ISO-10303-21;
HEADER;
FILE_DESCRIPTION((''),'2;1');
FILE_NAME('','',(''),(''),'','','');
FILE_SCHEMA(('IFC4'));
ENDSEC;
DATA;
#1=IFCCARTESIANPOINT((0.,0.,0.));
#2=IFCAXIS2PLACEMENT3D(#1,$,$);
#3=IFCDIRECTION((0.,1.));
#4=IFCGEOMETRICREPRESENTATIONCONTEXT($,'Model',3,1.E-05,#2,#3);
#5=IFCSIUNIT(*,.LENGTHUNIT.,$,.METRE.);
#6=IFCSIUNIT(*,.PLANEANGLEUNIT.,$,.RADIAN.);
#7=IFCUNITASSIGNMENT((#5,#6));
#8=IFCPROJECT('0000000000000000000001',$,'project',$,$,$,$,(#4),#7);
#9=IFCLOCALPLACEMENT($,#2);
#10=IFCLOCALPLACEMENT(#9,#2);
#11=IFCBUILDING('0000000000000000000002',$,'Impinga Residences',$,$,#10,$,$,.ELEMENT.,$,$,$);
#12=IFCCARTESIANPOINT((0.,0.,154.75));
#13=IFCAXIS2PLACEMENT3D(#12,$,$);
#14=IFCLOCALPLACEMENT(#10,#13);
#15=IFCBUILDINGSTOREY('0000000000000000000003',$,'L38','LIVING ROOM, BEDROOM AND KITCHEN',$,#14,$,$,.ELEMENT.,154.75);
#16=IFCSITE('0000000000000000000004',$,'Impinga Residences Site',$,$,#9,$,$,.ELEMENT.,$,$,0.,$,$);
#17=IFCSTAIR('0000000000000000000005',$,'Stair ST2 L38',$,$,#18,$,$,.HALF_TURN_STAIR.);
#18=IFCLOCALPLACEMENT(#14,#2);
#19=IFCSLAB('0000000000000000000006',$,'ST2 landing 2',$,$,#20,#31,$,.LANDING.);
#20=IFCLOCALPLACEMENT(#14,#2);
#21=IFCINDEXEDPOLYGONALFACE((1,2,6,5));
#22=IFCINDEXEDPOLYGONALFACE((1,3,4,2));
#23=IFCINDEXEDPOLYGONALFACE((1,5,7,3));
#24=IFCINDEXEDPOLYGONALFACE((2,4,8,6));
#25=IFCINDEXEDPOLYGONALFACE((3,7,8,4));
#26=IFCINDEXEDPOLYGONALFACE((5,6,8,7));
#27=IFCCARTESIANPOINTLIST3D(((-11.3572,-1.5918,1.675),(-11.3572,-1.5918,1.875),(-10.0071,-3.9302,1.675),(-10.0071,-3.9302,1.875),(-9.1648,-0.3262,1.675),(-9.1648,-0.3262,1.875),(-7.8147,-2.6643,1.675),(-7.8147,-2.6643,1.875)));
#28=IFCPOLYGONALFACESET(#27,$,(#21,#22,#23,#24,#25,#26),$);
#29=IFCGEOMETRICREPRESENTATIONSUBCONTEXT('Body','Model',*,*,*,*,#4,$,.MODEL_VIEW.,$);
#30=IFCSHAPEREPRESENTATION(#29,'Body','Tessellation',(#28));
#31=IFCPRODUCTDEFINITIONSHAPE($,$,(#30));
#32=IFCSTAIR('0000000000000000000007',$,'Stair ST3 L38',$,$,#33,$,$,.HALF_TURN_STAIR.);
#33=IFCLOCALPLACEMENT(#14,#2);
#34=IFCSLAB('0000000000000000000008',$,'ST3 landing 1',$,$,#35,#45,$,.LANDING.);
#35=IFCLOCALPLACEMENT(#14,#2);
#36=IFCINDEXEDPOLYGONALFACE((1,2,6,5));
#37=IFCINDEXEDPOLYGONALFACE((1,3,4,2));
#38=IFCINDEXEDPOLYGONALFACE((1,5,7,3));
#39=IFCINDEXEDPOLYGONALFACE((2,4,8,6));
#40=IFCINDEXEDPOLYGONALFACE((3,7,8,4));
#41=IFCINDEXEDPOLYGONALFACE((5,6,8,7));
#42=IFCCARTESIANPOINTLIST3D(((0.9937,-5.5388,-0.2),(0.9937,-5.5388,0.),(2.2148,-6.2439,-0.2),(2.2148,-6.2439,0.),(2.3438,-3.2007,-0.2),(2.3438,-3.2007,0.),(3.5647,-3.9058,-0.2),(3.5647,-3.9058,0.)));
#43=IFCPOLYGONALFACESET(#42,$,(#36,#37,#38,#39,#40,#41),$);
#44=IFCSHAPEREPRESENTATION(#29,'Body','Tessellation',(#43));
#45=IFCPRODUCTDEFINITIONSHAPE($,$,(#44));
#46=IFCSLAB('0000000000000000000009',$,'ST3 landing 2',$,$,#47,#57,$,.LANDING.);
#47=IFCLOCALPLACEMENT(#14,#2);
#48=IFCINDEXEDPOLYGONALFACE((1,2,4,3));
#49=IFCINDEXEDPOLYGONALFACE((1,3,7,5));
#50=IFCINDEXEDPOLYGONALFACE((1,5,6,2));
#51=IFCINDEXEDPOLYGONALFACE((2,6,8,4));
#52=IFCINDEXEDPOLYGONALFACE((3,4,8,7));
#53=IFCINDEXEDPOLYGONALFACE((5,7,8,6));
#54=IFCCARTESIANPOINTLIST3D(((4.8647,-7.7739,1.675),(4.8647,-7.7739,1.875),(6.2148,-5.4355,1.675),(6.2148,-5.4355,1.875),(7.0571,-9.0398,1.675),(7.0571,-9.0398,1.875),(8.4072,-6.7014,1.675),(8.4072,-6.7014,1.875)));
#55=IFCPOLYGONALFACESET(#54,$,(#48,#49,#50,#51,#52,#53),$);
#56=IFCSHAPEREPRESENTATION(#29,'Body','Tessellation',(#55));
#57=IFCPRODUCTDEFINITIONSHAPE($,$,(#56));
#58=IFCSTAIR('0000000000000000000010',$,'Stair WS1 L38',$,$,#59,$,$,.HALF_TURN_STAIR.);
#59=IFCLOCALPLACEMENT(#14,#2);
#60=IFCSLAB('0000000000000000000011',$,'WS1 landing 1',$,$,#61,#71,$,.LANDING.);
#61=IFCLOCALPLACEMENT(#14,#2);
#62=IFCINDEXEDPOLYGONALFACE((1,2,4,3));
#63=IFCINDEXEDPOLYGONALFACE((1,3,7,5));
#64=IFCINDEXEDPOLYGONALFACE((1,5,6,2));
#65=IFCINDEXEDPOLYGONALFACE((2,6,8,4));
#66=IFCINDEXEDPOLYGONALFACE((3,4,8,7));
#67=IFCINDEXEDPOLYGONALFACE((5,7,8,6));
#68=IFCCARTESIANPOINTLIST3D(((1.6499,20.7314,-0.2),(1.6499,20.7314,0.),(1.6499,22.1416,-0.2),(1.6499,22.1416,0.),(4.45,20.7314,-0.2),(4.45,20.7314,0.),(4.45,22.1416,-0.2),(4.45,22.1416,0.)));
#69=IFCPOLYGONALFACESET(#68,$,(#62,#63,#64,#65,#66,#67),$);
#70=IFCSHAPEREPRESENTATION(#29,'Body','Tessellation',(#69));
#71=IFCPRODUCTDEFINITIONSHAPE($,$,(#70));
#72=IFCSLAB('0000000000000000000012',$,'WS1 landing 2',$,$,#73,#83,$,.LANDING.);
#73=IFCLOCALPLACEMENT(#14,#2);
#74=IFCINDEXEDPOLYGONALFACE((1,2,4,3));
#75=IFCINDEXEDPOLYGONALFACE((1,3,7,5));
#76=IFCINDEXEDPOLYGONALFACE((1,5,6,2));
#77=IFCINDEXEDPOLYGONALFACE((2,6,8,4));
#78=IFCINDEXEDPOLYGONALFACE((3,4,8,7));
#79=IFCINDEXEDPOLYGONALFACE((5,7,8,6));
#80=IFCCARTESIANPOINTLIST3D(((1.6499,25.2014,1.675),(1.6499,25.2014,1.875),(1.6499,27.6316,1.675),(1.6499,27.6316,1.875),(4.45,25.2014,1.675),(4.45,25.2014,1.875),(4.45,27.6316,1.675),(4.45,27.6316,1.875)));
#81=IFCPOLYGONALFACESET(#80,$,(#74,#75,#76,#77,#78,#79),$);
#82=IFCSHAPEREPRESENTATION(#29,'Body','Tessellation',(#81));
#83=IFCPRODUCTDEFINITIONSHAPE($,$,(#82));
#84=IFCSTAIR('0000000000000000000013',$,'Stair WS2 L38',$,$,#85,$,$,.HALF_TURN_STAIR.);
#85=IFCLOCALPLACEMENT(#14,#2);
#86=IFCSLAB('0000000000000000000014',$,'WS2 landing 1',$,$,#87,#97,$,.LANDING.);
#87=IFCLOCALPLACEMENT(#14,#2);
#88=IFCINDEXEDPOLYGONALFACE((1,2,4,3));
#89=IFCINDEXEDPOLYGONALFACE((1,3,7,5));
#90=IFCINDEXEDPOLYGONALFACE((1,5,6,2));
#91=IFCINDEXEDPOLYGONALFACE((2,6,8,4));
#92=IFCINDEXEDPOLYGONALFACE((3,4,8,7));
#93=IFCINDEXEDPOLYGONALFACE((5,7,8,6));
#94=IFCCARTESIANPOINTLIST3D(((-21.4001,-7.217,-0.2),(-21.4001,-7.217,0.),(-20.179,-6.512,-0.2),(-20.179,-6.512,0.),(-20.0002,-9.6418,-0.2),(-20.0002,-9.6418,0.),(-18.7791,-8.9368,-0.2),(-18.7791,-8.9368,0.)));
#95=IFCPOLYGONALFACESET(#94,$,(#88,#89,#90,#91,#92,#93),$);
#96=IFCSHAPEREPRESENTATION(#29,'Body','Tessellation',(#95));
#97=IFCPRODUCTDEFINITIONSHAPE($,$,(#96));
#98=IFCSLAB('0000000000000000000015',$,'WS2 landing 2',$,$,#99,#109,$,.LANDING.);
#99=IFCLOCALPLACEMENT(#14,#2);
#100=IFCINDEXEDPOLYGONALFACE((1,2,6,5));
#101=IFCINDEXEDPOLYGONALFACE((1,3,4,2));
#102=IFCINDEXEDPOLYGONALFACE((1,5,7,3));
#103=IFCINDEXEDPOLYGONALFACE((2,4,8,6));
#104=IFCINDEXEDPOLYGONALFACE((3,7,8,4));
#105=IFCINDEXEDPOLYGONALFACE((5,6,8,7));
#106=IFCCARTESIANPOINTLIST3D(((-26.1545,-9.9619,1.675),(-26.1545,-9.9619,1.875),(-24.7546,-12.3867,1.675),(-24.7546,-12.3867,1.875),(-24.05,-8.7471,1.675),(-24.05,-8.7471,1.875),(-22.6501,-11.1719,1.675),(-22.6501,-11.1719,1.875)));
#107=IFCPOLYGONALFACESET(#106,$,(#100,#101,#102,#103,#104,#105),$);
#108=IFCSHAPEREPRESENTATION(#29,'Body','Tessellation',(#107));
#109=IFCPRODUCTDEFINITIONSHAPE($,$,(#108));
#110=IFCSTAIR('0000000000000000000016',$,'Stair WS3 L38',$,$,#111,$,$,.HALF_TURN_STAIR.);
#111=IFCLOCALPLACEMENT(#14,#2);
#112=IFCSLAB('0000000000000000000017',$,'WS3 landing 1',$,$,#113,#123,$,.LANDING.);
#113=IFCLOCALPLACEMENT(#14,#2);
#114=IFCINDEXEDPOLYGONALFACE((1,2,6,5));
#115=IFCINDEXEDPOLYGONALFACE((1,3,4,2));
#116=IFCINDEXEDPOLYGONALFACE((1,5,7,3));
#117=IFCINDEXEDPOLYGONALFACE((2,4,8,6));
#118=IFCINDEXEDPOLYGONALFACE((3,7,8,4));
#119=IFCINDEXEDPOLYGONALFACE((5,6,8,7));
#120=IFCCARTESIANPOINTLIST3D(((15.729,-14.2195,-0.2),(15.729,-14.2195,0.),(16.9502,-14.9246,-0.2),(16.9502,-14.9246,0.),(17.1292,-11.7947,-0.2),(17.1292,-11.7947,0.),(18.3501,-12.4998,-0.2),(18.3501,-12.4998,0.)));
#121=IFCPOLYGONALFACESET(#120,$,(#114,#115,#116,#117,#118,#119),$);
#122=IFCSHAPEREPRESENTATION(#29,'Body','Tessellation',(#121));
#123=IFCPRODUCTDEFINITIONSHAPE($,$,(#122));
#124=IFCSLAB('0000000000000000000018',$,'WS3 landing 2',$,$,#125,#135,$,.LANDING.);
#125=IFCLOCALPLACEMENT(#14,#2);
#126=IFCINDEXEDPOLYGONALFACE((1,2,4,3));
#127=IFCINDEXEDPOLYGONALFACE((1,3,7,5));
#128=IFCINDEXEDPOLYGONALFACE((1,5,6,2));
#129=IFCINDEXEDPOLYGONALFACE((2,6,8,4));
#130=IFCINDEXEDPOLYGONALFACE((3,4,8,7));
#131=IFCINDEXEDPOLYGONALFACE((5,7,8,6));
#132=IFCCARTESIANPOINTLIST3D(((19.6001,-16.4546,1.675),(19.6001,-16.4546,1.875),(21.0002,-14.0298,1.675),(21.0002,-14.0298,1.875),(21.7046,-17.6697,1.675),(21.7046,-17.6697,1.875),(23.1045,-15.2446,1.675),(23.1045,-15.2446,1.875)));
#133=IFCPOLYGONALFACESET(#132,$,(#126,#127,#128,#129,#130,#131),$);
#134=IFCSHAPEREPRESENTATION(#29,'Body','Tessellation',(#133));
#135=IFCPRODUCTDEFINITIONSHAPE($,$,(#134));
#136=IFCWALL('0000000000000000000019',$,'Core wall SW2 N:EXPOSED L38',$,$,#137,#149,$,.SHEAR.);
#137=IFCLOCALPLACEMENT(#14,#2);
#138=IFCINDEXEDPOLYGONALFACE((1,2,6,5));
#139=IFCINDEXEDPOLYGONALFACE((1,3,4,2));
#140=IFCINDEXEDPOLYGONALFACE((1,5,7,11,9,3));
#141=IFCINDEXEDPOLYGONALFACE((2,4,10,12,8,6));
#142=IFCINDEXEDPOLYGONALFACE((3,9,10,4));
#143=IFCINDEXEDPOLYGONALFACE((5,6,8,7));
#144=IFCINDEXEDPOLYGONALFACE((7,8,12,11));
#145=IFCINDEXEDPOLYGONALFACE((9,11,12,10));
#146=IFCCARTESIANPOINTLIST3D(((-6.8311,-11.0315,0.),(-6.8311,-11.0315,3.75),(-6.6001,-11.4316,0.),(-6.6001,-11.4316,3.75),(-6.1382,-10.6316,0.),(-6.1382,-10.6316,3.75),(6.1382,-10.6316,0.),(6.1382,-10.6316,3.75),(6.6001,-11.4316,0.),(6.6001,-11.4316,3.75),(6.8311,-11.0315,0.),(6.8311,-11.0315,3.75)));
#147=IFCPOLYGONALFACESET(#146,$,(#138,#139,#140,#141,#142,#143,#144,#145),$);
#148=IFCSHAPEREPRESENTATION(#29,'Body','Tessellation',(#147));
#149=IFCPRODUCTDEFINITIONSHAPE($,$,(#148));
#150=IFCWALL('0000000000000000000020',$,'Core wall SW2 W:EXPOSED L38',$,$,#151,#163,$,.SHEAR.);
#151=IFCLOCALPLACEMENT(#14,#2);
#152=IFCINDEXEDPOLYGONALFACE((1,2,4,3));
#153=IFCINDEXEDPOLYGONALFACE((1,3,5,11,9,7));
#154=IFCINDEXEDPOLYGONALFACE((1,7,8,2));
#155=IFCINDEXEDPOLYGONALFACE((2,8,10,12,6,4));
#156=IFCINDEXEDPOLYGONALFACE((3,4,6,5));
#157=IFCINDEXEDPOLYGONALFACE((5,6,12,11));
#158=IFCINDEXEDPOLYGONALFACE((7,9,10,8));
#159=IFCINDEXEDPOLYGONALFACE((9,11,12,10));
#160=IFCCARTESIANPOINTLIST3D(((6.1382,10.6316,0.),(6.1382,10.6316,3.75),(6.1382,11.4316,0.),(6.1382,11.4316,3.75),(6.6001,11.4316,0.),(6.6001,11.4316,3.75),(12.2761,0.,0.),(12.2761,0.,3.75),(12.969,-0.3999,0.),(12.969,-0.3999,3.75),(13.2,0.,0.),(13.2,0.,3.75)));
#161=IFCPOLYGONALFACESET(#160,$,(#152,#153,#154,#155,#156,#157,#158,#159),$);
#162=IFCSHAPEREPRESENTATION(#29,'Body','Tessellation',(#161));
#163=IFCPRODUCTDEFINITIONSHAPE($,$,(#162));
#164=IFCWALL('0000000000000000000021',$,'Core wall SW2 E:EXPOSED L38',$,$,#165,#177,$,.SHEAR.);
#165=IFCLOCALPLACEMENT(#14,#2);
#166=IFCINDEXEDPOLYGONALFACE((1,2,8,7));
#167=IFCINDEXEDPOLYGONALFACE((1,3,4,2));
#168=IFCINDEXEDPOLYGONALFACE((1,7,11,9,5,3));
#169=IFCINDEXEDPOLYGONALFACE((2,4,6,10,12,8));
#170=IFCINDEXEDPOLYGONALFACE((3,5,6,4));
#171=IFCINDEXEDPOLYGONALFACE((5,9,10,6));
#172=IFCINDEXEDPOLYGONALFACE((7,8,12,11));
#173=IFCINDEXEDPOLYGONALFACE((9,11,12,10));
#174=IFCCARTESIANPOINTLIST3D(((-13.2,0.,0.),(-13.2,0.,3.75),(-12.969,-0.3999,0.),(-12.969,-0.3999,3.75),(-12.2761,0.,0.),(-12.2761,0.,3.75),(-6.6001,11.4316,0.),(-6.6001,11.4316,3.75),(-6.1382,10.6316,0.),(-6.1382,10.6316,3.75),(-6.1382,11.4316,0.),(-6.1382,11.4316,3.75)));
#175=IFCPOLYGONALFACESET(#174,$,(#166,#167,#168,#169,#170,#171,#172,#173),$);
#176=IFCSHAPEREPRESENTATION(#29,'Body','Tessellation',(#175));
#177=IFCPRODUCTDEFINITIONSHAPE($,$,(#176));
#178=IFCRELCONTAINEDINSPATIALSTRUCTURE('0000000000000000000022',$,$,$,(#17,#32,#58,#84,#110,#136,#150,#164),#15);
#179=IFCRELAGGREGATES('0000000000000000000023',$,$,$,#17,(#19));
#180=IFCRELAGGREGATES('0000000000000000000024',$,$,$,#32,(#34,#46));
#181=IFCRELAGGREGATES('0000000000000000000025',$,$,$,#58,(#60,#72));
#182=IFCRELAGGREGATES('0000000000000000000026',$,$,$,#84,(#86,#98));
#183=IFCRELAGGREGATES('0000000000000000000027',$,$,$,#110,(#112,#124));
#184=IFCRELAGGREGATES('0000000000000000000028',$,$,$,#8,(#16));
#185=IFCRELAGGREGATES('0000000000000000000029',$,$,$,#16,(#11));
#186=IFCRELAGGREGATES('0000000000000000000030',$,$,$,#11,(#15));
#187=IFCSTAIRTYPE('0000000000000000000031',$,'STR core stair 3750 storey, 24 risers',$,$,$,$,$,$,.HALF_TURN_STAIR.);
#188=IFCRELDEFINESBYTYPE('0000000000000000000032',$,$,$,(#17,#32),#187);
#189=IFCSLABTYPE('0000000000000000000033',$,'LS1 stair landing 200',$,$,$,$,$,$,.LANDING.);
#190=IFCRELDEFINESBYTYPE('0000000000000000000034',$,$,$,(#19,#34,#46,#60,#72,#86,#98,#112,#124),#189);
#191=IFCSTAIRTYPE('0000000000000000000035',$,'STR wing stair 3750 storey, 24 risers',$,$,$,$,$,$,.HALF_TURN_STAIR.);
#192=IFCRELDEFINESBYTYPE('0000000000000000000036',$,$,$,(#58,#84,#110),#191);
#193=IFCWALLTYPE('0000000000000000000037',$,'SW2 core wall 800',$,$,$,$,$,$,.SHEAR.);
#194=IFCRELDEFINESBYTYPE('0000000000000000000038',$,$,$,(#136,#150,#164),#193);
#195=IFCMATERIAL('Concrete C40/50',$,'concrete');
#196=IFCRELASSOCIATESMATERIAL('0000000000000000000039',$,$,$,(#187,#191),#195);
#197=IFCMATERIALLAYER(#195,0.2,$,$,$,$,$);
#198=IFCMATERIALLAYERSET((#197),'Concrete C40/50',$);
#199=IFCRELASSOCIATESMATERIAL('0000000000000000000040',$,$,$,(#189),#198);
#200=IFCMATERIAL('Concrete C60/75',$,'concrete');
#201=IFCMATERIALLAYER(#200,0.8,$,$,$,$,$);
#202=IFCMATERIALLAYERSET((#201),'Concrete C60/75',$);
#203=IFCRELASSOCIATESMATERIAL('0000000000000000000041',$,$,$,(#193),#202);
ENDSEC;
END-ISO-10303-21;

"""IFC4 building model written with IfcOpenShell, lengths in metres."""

from ifc_helpers import new_model, si_unit, direction, frame, origin, place, context, subcontext, project, spatial, polyline, outline, extrude, material, layer, layer_set, type_object, element, aggregate, save


model = new_model("IFC4")

# Units and contexts
model_context = context("Model", 3, precision=1e-05, world=origin(), true_north=direction((0.0, 1.0)))
body_context = subcontext(model_context, "Body", "Model", "MODEL_VIEW")
ifc_project = project(units=[si_unit("LENGTHUNIT", "METRE"), si_unit("PLANEANGLEUNIT", "RADIAN")], contexts=[model_context])

# Site, building, storey
site_placement = place(None, origin())
site = spatial("IfcSite", under=ifc_project, at=site_placement, Name="Impinga Residences Site", CompositionType="ELEMENT", RefElevation=0.0)
building_placement = place(site_placement, origin())
building = spatial("IfcBuilding", under=site, at=building_placement, Name="Impinga Residences", CompositionType="ELEMENT")
storey_placement = place(building_placement, frame((0.0, 0.0, 154.75)))
storey = spatial("IfcBuildingStorey", under=building, at=storey_placement, Name="L38", Description="LIVING ROOM, BEDROOM AND KITCHEN", CompositionType="ELEMENT", Elevation=154.75)

# Shared definitions
ifc_material_1 = material(Name="Concrete C60/75", Category="concrete")

# Stairs, slabs
ifc_material_2 = material(Name="Concrete C40/50", Category="concrete")
stair_type_1 = type_object("IfcStairType", Name="STR core stair 3750 storey, 24 risers", PredefinedType="HALF_TURN_STAIR", material=ifc_material_2)
ifc_layer_1 = layer(ifc_material_2, 0.2)
ifc_layer_set_1 = layer_set([ifc_layer_1], Name="Concrete C40/50")
slab_type_1 = type_object("IfcSlabType", Name="LS1 stair landing 200", PredefinedType="LANDING", material=ifc_layer_set_1)
stair_1_placement = place(storey_placement, origin())
stair_1 = element("IfcStair", 1, at=stair_1_placement, inside=storey, type_object=stair_type_1, Name="Stair ST2 L38", PredefinedType="HALF_TURN_STAIR")
slab_1_placement = place(storey_placement, frame((0.0, 0.0, 1.675)))
slab_1 = element("IfcSlab", 2, at=slab_1_placement, type_object=slab_type_1, Name="ST2 landing 2", PredefinedType="LANDING", context=body_context, shape_type="SweptSolid", body=[
    extrude(outline(polyline([(-7.8147, -2.6643), (-9.1648, -0.3262), (-11.3572, -1.5918), (-10.0071, -3.9302), (-7.8147, -2.6643)])), origin(), (0.0, 0.0, 1.0), 0.2),
])
aggregate(stair_1, [slab_1])
stair_2_placement = place(storey_placement, origin())
stair_2 = element("IfcStair", 3, at=stair_2_placement, inside=storey, type_object=stair_type_1, Name="Stair ST3 L38", PredefinedType="HALF_TURN_STAIR")
slab_2_placement = place(storey_placement, frame((0.0, 0.0, -0.2)))
slab_2 = element("IfcSlab", 4, at=slab_2_placement, type_object=slab_type_1, Name="ST3 landing 1", PredefinedType="LANDING", context=body_context, shape_type="SweptSolid", body=[
    extrude(outline(polyline([(2.3438, -3.2007), (0.9937, -5.5388), (2.2148, -6.2439), (3.5647, -3.9058), (2.3438, -3.2007)])), origin(), (0.0, 0.0, 1.0), 0.2),
])
slab_3_placement = place(storey_placement, frame((0.0, 0.0, 1.675)))
slab_3 = element("IfcSlab", 5, at=slab_3_placement, type_object=slab_type_1, Name="ST3 landing 2", PredefinedType="LANDING", context=body_context, shape_type="SweptSolid", body=[
    extrude(outline(polyline([(6.2148, -5.4355), (4.8647, -7.7739), (7.0571, -9.0398), (8.4072, -6.7014), (6.2148, -5.4355)])), origin(), (0.0, 0.0, 1.0), 0.2),
])
aggregate(stair_2, [slab_2, slab_3])
stair_type_2 = type_object("IfcStairType", Name="STR wing stair 3750 storey, 24 risers", PredefinedType="HALF_TURN_STAIR", material=ifc_material_2)
stair_3_placement = place(storey_placement, origin())
stair_3 = element("IfcStair", 6, at=stair_3_placement, inside=storey, type_object=stair_type_2, Name="Stair WS1 L38", PredefinedType="HALF_TURN_STAIR")
slab_4_placement = place(storey_placement, frame((0.0, 0.0, -0.2)))
slab_4 = element("IfcSlab", 7, at=slab_4_placement, type_object=slab_type_1, Name="WS1 landing 1", PredefinedType="LANDING", context=body_context, shape_type="SweptSolid", body=[
    extrude(outline(polyline([(1.6499, 20.7314), (4.45, 20.7314), (4.45, 22.1416), (1.6499, 22.1416), (1.6499, 20.7314)])), origin(), (0.0, 0.0, 1.0), 0.2),
])
slab_5_placement = place(storey_placement, frame((0.0, 0.0, 1.675)))
slab_5 = element("IfcSlab", 8, at=slab_5_placement, type_object=slab_type_1, Name="WS1 landing 2", PredefinedType="LANDING", context=body_context, shape_type="SweptSolid", body=[
    extrude(outline(polyline([(1.6499, 25.2014), (4.45, 25.2014), (4.45, 27.6316), (1.6499, 27.6316), (1.6499, 25.2014)])), origin(), (0.0, 0.0, 1.0), 0.2),
])
aggregate(stair_3, [slab_4, slab_5])
stair_4_placement = place(storey_placement, origin())
stair_4 = element("IfcStair", 9, at=stair_4_placement, inside=storey, type_object=stair_type_2, Name="Stair WS2 L38", PredefinedType="HALF_TURN_STAIR")
slab_6_placement = place(storey_placement, frame((0.0, 0.0, -0.2)))
slab_6 = element("IfcSlab", 10, at=slab_6_placement, type_object=slab_type_1, Name="WS2 landing 1", PredefinedType="LANDING", context=body_context, shape_type="SweptSolid", body=[
    extrude(outline(polyline([(-18.7791, -8.9368), (-20.179, -6.512), (-21.4001, -7.217), (-20.0002, -9.6418), (-18.7791, -8.9368)])), origin(), (0.0, 0.0, 1.0), 0.2),
])
slab_7_placement = place(storey_placement, frame((0.0, 0.0, 1.675)))
slab_7 = element("IfcSlab", 11, at=slab_7_placement, type_object=slab_type_1, Name="WS2 landing 2", PredefinedType="LANDING", context=body_context, shape_type="SweptSolid", body=[
    extrude(outline(polyline([(-22.6501, -11.1719), (-24.05, -8.7471), (-26.1545, -9.9619), (-24.7546, -12.3867), (-22.6501, -11.1719)])), origin(), (0.0, 0.0, 1.0), 0.2),
])
aggregate(stair_4, [slab_6, slab_7])
stair_5_placement = place(storey_placement, origin())
stair_5 = element("IfcStair", 12, at=stair_5_placement, inside=storey, type_object=stair_type_2, Name="Stair WS3 L38", PredefinedType="HALF_TURN_STAIR")
slab_8_placement = place(storey_placement, frame((0.0, 0.0, -0.2)))
slab_8 = element("IfcSlab", 13, at=slab_8_placement, type_object=slab_type_1, Name="WS3 landing 1", PredefinedType="LANDING", context=body_context, shape_type="SweptSolid", body=[
    extrude(outline(polyline([(17.1292, -11.7947), (15.729, -14.2195), (16.9502, -14.9246), (18.3501, -12.4998), (17.1292, -11.7947)])), origin(), (0.0, 0.0, 1.0), 0.2),
])
slab_9_placement = place(storey_placement, frame((0.0, 0.0, 1.675)))
slab_9 = element("IfcSlab", 14, at=slab_9_placement, type_object=slab_type_1, Name="WS3 landing 2", PredefinedType="LANDING", context=body_context, shape_type="SweptSolid", body=[
    extrude(outline(polyline([(21.0002, -14.0298), (19.6001, -16.4546), (21.7046, -17.6697), (23.1045, -15.2446), (21.0002, -14.0298)])), origin(), (0.0, 0.0, 1.0), 0.2),
])
aggregate(stair_5, [slab_8, slab_9])

# Walls
ifc_layer_2 = layer(ifc_material_1, 0.8)
ifc_layer_set_2 = layer_set([ifc_layer_2], Name="Concrete C60/75")
wall_type_1 = type_object("IfcWallType", Name="SW2 core wall 800", PredefinedType="SHEAR", material=ifc_layer_set_2)
wall_1_placement = place(storey_placement, origin())
element("IfcWall", 15, at=wall_1_placement, inside=storey, type_object=wall_type_1, Name="Core wall SW2 N:EXPOSED L38", PredefinedType="SHEAR", context=body_context, shape_type="SweptSolid", body=[
    extrude(outline(polyline([(-6.6001, -11.4316), (6.6001, -11.4316), (6.8311, -11.0315), (6.1382, -10.6316), (-6.1382, -10.6316), (-6.8311, -11.0315), (-6.6001, -11.4316)])), origin(), (0.0, 0.0, 1.0), 3.75),
])
wall_2_placement = place(storey_placement, origin())
element("IfcWall", 16, at=wall_2_placement, inside=storey, type_object=wall_type_1, Name="Core wall SW2 W:EXPOSED L38", PredefinedType="SHEAR", context=body_context, shape_type="SweptSolid", body=[
    extrude(outline(polyline([(13.2, 0.0), (6.6001, 11.4316), (6.1382, 11.4316), (6.1382, 10.6316), (12.2761, 0.0), (12.969, -0.3999), (13.2, 0.0)])), origin(), (0.0, 0.0, 1.0), 3.75),
])
wall_3_placement = place(storey_placement, origin())
element("IfcWall", 17, at=wall_3_placement, inside=storey, type_object=wall_type_1, Name="Core wall SW2 E:EXPOSED L38", PredefinedType="SHEAR", context=body_context, shape_type="SweptSolid", body=[
    extrude(outline(polyline([(-6.6001, 11.4316), (-13.2, 0.0), (-12.969, -0.3999), (-12.2761, 0.0), (-6.1382, 10.6316), (-6.1382, 11.4316), (-6.6001, 11.4316)])), origin(), (0.0, 0.0, 1.0), 3.75),
])

save(model, "model.ifc")
